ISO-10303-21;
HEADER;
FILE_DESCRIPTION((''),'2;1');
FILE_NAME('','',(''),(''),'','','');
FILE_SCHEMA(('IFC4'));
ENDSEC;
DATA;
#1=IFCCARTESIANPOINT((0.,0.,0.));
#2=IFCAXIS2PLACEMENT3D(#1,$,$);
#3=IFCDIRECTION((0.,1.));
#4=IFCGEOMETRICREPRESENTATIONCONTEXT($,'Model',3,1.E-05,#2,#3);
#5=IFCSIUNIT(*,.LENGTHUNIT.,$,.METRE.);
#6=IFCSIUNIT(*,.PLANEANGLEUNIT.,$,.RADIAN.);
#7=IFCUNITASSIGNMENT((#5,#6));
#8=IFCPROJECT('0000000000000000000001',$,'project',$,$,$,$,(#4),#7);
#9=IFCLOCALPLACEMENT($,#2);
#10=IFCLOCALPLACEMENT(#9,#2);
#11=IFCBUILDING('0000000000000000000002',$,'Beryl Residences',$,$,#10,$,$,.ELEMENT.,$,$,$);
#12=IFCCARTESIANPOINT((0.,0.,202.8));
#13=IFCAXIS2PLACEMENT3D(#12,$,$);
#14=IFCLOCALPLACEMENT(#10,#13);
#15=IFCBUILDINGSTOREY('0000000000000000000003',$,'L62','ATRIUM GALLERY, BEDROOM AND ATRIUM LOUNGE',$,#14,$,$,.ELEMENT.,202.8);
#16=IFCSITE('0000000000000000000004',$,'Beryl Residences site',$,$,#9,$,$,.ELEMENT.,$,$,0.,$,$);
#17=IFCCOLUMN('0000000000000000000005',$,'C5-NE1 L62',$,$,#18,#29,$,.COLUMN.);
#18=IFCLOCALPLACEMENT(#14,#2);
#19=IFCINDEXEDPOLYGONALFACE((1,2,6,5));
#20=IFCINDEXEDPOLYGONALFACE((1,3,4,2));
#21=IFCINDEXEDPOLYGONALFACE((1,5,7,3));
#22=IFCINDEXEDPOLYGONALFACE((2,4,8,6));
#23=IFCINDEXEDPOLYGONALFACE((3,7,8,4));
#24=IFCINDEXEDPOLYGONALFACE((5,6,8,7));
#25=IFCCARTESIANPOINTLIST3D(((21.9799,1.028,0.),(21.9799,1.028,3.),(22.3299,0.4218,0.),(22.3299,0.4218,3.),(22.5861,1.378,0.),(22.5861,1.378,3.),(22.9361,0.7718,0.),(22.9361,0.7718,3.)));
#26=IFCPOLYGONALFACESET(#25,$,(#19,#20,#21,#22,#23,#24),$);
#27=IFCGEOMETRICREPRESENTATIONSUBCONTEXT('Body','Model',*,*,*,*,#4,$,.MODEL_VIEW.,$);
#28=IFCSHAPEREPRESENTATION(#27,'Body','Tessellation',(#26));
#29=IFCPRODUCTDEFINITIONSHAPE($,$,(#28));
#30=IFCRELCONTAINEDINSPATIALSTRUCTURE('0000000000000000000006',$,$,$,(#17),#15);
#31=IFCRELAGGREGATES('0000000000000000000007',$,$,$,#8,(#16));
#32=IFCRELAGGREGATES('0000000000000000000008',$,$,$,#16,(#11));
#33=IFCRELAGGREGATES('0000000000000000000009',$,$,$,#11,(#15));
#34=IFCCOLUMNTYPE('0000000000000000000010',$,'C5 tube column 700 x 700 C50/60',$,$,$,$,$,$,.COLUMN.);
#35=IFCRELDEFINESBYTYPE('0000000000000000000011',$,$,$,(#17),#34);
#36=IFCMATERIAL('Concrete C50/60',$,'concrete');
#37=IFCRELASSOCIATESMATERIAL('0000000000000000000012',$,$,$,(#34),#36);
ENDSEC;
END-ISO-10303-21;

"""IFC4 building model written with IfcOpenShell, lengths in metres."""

from ifc_helpers import new_model, si_unit, direction, frame, origin, origin_2d, place, context, subcontext, project, spatial, rectangle, extrude, material, material_profile, profile_set, type_object, element, save


model = new_model("IFC4")

# Units and contexts
model_context = context("Model", 3, precision=1e-05, world=origin(), true_north=direction((0.0, 1.0)))
body_context = subcontext(model_context, "Body", "Model", "MODEL_VIEW")
ifc_project = project(units=[si_unit("LENGTHUNIT", "METRE"), si_unit("PLANEANGLEUNIT", "RADIAN")], contexts=[model_context])

# Site, building, storey
site_placement = place(None, origin())
site = spatial("IfcSite", under=ifc_project, at=site_placement, Name="Beryl Residences site", CompositionType="ELEMENT", RefElevation=0.0)
building_placement = place(site_placement, origin())
building = spatial("IfcBuilding", under=site, at=building_placement, Name="Beryl Residences", CompositionType="ELEMENT")
storey_placement = place(building_placement, frame((0.0, 0.0, 202.8)))
storey = spatial("IfcBuildingStorey", under=building, at=storey_placement, Name="L62", Description="ATRIUM GALLERY, BEDROOM AND ATRIUM LOUNGE", CompositionType="ELEMENT", Elevation=202.8)

# Column
ifc_material_1 = material(Name="Concrete C50/60", Category="concrete")
ifc_material_profile = material_profile(ifc_material_1, rectangle(XDim=0.7, YDim=0.7, at=origin_2d()))
ifc_profile_set = profile_set([ifc_material_profile], Name="Concrete C50/60")
column_type = type_object("IfcColumnType", Name="C5 tube column 700 x 700 C50/60", PredefinedType="COLUMN", material=ifc_profile_set)
column_placement = place(storey_placement, frame((22.458, 0.8999, 0.0), z_axis=(0.0, 0.0, 1.0), x_axis=(-0.49997, 0.866043, 0.0)))
element("IfcColumn", 1, at=column_placement, inside=storey, type_object=column_type, Name="C5-NE1 L62", PredefinedType="COLUMN", context=body_context, shape_type="SweptSolid", body=[
    extrude(rectangle(XDim=0.7, YDim=0.7, at=origin_2d()), origin(), (0.0, 0.0, 1.0), 3.0),
])

save(model, "model.ifc")
